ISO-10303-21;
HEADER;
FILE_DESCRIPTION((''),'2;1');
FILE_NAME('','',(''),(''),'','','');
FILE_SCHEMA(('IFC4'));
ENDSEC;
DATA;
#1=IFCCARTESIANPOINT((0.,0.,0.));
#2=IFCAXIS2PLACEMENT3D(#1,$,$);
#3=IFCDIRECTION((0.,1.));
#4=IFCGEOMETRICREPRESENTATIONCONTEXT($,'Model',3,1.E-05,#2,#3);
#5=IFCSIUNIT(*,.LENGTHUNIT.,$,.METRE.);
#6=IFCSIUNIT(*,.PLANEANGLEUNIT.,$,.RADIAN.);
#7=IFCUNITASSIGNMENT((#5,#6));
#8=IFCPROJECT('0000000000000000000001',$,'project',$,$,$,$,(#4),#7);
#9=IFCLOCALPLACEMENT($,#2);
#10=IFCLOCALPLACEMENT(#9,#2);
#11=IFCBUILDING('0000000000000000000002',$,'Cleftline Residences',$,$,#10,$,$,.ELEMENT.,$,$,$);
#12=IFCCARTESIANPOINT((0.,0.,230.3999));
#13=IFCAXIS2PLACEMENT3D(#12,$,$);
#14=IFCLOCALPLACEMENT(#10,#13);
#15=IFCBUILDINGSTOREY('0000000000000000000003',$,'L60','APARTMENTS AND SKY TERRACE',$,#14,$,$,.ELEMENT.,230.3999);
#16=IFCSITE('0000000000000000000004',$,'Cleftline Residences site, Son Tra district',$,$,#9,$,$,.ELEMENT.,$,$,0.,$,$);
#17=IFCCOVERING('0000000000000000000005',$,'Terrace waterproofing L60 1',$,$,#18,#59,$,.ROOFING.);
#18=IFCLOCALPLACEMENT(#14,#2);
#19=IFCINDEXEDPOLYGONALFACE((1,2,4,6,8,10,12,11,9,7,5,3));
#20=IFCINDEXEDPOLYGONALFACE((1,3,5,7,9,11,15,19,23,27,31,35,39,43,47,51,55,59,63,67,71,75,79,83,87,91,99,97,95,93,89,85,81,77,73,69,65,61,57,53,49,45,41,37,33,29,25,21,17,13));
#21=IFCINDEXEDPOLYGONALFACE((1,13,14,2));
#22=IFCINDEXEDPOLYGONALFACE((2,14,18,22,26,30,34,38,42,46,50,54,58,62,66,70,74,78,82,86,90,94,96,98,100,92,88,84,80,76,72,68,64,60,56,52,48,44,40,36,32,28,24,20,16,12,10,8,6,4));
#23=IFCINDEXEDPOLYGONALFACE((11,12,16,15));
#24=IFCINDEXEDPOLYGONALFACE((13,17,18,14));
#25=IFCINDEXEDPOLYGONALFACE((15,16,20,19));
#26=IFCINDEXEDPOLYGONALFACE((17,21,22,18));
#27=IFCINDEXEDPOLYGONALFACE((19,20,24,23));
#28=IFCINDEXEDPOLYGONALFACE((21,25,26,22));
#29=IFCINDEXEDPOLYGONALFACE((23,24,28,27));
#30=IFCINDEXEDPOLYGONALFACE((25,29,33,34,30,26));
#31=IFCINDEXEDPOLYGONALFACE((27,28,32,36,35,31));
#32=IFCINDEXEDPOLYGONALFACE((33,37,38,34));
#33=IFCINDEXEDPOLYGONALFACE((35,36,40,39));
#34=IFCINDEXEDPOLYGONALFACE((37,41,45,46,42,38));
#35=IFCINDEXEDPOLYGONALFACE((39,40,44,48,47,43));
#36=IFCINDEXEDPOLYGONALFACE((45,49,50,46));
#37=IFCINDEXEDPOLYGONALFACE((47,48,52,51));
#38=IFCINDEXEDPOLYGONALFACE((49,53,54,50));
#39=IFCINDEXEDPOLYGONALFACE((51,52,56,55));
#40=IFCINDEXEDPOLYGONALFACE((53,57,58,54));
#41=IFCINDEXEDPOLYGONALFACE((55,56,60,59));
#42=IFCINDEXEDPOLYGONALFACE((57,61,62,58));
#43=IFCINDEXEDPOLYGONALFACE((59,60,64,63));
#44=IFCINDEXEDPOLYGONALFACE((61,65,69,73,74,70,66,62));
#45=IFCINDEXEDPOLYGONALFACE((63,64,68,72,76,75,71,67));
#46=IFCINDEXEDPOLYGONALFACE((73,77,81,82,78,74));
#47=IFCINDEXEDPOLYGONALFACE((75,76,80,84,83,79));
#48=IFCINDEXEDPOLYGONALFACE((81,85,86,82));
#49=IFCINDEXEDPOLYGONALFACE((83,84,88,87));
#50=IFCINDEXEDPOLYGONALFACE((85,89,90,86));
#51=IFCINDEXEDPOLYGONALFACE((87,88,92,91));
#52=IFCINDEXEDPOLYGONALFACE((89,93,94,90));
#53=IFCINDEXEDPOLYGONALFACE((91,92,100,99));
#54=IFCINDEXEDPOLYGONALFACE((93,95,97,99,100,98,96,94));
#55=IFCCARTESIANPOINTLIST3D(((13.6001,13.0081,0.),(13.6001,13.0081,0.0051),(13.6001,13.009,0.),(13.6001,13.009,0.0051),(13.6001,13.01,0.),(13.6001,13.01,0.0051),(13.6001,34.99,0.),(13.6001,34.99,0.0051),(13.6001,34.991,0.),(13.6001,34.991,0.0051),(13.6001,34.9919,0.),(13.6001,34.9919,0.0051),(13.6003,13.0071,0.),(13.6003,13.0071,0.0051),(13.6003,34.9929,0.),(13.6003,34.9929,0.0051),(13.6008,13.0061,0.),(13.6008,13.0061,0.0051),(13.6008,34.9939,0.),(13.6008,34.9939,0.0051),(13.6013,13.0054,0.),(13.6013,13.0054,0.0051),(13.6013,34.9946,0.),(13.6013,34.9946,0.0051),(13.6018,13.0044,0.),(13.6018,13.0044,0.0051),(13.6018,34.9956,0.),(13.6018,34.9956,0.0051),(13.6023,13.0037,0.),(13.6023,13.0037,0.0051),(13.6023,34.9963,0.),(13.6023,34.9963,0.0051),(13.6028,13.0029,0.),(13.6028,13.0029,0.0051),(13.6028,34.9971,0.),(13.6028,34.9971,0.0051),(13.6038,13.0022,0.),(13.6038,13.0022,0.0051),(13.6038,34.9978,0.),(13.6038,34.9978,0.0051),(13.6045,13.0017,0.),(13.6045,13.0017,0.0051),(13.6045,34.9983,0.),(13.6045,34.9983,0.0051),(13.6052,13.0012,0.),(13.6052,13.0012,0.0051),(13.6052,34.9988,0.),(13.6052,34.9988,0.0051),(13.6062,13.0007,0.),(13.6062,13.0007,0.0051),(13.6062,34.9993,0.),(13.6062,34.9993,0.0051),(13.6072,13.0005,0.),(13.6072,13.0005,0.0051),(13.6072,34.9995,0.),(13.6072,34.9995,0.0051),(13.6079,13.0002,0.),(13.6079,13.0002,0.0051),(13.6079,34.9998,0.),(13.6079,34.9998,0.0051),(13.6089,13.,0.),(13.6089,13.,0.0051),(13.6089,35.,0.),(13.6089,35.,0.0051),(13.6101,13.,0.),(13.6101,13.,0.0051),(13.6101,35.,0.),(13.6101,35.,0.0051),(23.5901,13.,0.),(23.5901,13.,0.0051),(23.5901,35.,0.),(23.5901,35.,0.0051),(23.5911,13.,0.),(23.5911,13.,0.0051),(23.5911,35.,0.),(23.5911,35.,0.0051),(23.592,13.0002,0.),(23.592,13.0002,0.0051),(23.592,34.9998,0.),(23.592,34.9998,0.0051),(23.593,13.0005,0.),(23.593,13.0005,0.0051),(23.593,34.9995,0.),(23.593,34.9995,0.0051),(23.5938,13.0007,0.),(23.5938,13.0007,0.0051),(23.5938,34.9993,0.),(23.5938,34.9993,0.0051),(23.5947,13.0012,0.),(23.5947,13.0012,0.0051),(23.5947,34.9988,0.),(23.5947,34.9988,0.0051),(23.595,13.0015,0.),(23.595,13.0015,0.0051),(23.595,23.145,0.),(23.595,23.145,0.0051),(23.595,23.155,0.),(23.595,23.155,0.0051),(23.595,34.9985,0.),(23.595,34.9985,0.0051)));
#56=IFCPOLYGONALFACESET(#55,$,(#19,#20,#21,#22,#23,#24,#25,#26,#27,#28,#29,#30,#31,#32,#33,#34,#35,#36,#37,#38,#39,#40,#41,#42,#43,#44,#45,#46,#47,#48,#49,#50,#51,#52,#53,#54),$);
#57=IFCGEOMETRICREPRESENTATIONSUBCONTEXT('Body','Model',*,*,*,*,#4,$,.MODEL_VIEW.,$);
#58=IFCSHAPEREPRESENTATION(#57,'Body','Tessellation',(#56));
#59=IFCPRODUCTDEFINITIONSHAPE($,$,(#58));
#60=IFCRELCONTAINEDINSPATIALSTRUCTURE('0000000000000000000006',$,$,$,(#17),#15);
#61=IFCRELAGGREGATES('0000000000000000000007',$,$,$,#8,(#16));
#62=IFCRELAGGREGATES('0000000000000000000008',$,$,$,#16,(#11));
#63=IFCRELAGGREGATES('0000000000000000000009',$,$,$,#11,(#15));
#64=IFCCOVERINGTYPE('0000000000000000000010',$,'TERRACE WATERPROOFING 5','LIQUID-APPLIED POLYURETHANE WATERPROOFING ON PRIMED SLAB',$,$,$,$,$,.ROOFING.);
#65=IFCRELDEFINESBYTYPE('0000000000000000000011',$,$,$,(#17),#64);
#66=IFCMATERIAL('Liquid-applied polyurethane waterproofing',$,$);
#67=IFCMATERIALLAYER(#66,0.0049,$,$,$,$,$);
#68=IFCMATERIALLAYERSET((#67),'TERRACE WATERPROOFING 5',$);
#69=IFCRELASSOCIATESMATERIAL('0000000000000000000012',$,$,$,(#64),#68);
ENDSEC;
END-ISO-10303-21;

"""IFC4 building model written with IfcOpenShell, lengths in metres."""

from ifc_helpers import new_model, si_unit, direction, frame, origin, place, context, subcontext, project, spatial, polyline, outline, extrude, material, layer, layer_set, type_object, element, save


model = new_model("IFC4")

# Units and contexts
model_context = context("Model", 3, precision=1e-05, world=origin(), true_north=direction((0.0, 1.0)))
body_context = subcontext(model_context, "Body", "Model", "MODEL_VIEW")
ifc_project = project(units=[si_unit("LENGTHUNIT", "METRE"), si_unit("PLANEANGLEUNIT", "RADIAN")], contexts=[model_context])

# Site, building, storey
site_placement = place(None, origin())
site = spatial("IfcSite", under=ifc_project, at=site_placement, Name="Cleftline Residences site, Son Tra district", CompositionType="ELEMENT", RefElevation=0.0)
building_placement = place(site_placement, origin())
building = spatial("IfcBuilding", under=site, at=building_placement, Name="Cleftline Residences", CompositionType="ELEMENT")
storey_placement = place(building_placement, frame((0.0, 0.0, 230.3999)))
storey = spatial("IfcBuildingStorey", under=building, at=storey_placement, Name="L60", Description="APARTMENTS AND SKY TERRACE", CompositionType="ELEMENT", Elevation=230.3999)

# Covering
ifc_material_1 = material(Name="Liquid-applied polyurethane waterproofing")
ifc_layer_1 = layer(ifc_material_1, 0.0049)
ifc_layer_set_1 = layer_set([ifc_layer_1], Name="TERRACE WATERPROOFING 5")
covering_type_1 = type_object("IfcCoveringType", Name="TERRACE WATERPROOFING 5", Description="LIQUID-APPLIED POLYURETHANE WATERPROOFING ON PRIMED SLAB", PredefinedType="ROOFING", material=ifc_layer_set_1)
covering_1_placement = place(storey_placement, origin())
element("IfcCovering", 1, at=covering_1_placement, inside=storey, type_object=covering_type_1, Name="Terrace waterproofing L60 1", PredefinedType="ROOFING", context=body_context, shape_type="SweptSolid", body=[
    extrude(outline(polyline([(13.6001, 13.01), (13.6001, 13.009), (13.6001, 13.0081), (13.6003, 13.0071), (13.6008, 13.0061), (13.6013, 13.0054), (13.6018, 13.0044), (13.6023, 13.0037), (13.6028, 13.0029), (13.6038, 13.0022), (13.6045, 13.0017), (13.6052, 13.0012), (13.6062, 13.0007), (13.6072, 13.0005), (13.6079, 13.0002), (13.6089, 13.0), (13.6101, 13.0), (23.5901, 13.0), (23.5911, 13.0), (23.592, 13.0002), (23.593, 13.0005), (23.5938, 13.0007), (23.5947, 13.0012), (23.595, 13.0015), (23.595, 23.145), (23.595, 23.155), (23.595, 34.9985), (23.5947, 34.9988), (23.5938, 34.9993), (23.593, 34.9995), (23.592, 34.9998), (23.5911, 35.0), (23.5901, 35.0), (13.6101, 35.0), (13.6089, 35.0), (13.6079, 34.9998), (13.6072, 34.9995), (13.6062, 34.9993), (13.6052, 34.9988), (13.6045, 34.9983), (13.6038, 34.9978), (13.6028, 34.9971), (13.6023, 34.9963), (13.6018, 34.9956), (13.6013, 34.9946), (13.6008, 34.9939), (13.6003, 34.9929), (13.6001, 34.9919), (13.6001, 34.991), (13.6001, 34.99), (13.6001, 13.01)])), origin(), (0.0, 0.0, 1.0), 0.0051),
])

save(model, "model.ifc")
